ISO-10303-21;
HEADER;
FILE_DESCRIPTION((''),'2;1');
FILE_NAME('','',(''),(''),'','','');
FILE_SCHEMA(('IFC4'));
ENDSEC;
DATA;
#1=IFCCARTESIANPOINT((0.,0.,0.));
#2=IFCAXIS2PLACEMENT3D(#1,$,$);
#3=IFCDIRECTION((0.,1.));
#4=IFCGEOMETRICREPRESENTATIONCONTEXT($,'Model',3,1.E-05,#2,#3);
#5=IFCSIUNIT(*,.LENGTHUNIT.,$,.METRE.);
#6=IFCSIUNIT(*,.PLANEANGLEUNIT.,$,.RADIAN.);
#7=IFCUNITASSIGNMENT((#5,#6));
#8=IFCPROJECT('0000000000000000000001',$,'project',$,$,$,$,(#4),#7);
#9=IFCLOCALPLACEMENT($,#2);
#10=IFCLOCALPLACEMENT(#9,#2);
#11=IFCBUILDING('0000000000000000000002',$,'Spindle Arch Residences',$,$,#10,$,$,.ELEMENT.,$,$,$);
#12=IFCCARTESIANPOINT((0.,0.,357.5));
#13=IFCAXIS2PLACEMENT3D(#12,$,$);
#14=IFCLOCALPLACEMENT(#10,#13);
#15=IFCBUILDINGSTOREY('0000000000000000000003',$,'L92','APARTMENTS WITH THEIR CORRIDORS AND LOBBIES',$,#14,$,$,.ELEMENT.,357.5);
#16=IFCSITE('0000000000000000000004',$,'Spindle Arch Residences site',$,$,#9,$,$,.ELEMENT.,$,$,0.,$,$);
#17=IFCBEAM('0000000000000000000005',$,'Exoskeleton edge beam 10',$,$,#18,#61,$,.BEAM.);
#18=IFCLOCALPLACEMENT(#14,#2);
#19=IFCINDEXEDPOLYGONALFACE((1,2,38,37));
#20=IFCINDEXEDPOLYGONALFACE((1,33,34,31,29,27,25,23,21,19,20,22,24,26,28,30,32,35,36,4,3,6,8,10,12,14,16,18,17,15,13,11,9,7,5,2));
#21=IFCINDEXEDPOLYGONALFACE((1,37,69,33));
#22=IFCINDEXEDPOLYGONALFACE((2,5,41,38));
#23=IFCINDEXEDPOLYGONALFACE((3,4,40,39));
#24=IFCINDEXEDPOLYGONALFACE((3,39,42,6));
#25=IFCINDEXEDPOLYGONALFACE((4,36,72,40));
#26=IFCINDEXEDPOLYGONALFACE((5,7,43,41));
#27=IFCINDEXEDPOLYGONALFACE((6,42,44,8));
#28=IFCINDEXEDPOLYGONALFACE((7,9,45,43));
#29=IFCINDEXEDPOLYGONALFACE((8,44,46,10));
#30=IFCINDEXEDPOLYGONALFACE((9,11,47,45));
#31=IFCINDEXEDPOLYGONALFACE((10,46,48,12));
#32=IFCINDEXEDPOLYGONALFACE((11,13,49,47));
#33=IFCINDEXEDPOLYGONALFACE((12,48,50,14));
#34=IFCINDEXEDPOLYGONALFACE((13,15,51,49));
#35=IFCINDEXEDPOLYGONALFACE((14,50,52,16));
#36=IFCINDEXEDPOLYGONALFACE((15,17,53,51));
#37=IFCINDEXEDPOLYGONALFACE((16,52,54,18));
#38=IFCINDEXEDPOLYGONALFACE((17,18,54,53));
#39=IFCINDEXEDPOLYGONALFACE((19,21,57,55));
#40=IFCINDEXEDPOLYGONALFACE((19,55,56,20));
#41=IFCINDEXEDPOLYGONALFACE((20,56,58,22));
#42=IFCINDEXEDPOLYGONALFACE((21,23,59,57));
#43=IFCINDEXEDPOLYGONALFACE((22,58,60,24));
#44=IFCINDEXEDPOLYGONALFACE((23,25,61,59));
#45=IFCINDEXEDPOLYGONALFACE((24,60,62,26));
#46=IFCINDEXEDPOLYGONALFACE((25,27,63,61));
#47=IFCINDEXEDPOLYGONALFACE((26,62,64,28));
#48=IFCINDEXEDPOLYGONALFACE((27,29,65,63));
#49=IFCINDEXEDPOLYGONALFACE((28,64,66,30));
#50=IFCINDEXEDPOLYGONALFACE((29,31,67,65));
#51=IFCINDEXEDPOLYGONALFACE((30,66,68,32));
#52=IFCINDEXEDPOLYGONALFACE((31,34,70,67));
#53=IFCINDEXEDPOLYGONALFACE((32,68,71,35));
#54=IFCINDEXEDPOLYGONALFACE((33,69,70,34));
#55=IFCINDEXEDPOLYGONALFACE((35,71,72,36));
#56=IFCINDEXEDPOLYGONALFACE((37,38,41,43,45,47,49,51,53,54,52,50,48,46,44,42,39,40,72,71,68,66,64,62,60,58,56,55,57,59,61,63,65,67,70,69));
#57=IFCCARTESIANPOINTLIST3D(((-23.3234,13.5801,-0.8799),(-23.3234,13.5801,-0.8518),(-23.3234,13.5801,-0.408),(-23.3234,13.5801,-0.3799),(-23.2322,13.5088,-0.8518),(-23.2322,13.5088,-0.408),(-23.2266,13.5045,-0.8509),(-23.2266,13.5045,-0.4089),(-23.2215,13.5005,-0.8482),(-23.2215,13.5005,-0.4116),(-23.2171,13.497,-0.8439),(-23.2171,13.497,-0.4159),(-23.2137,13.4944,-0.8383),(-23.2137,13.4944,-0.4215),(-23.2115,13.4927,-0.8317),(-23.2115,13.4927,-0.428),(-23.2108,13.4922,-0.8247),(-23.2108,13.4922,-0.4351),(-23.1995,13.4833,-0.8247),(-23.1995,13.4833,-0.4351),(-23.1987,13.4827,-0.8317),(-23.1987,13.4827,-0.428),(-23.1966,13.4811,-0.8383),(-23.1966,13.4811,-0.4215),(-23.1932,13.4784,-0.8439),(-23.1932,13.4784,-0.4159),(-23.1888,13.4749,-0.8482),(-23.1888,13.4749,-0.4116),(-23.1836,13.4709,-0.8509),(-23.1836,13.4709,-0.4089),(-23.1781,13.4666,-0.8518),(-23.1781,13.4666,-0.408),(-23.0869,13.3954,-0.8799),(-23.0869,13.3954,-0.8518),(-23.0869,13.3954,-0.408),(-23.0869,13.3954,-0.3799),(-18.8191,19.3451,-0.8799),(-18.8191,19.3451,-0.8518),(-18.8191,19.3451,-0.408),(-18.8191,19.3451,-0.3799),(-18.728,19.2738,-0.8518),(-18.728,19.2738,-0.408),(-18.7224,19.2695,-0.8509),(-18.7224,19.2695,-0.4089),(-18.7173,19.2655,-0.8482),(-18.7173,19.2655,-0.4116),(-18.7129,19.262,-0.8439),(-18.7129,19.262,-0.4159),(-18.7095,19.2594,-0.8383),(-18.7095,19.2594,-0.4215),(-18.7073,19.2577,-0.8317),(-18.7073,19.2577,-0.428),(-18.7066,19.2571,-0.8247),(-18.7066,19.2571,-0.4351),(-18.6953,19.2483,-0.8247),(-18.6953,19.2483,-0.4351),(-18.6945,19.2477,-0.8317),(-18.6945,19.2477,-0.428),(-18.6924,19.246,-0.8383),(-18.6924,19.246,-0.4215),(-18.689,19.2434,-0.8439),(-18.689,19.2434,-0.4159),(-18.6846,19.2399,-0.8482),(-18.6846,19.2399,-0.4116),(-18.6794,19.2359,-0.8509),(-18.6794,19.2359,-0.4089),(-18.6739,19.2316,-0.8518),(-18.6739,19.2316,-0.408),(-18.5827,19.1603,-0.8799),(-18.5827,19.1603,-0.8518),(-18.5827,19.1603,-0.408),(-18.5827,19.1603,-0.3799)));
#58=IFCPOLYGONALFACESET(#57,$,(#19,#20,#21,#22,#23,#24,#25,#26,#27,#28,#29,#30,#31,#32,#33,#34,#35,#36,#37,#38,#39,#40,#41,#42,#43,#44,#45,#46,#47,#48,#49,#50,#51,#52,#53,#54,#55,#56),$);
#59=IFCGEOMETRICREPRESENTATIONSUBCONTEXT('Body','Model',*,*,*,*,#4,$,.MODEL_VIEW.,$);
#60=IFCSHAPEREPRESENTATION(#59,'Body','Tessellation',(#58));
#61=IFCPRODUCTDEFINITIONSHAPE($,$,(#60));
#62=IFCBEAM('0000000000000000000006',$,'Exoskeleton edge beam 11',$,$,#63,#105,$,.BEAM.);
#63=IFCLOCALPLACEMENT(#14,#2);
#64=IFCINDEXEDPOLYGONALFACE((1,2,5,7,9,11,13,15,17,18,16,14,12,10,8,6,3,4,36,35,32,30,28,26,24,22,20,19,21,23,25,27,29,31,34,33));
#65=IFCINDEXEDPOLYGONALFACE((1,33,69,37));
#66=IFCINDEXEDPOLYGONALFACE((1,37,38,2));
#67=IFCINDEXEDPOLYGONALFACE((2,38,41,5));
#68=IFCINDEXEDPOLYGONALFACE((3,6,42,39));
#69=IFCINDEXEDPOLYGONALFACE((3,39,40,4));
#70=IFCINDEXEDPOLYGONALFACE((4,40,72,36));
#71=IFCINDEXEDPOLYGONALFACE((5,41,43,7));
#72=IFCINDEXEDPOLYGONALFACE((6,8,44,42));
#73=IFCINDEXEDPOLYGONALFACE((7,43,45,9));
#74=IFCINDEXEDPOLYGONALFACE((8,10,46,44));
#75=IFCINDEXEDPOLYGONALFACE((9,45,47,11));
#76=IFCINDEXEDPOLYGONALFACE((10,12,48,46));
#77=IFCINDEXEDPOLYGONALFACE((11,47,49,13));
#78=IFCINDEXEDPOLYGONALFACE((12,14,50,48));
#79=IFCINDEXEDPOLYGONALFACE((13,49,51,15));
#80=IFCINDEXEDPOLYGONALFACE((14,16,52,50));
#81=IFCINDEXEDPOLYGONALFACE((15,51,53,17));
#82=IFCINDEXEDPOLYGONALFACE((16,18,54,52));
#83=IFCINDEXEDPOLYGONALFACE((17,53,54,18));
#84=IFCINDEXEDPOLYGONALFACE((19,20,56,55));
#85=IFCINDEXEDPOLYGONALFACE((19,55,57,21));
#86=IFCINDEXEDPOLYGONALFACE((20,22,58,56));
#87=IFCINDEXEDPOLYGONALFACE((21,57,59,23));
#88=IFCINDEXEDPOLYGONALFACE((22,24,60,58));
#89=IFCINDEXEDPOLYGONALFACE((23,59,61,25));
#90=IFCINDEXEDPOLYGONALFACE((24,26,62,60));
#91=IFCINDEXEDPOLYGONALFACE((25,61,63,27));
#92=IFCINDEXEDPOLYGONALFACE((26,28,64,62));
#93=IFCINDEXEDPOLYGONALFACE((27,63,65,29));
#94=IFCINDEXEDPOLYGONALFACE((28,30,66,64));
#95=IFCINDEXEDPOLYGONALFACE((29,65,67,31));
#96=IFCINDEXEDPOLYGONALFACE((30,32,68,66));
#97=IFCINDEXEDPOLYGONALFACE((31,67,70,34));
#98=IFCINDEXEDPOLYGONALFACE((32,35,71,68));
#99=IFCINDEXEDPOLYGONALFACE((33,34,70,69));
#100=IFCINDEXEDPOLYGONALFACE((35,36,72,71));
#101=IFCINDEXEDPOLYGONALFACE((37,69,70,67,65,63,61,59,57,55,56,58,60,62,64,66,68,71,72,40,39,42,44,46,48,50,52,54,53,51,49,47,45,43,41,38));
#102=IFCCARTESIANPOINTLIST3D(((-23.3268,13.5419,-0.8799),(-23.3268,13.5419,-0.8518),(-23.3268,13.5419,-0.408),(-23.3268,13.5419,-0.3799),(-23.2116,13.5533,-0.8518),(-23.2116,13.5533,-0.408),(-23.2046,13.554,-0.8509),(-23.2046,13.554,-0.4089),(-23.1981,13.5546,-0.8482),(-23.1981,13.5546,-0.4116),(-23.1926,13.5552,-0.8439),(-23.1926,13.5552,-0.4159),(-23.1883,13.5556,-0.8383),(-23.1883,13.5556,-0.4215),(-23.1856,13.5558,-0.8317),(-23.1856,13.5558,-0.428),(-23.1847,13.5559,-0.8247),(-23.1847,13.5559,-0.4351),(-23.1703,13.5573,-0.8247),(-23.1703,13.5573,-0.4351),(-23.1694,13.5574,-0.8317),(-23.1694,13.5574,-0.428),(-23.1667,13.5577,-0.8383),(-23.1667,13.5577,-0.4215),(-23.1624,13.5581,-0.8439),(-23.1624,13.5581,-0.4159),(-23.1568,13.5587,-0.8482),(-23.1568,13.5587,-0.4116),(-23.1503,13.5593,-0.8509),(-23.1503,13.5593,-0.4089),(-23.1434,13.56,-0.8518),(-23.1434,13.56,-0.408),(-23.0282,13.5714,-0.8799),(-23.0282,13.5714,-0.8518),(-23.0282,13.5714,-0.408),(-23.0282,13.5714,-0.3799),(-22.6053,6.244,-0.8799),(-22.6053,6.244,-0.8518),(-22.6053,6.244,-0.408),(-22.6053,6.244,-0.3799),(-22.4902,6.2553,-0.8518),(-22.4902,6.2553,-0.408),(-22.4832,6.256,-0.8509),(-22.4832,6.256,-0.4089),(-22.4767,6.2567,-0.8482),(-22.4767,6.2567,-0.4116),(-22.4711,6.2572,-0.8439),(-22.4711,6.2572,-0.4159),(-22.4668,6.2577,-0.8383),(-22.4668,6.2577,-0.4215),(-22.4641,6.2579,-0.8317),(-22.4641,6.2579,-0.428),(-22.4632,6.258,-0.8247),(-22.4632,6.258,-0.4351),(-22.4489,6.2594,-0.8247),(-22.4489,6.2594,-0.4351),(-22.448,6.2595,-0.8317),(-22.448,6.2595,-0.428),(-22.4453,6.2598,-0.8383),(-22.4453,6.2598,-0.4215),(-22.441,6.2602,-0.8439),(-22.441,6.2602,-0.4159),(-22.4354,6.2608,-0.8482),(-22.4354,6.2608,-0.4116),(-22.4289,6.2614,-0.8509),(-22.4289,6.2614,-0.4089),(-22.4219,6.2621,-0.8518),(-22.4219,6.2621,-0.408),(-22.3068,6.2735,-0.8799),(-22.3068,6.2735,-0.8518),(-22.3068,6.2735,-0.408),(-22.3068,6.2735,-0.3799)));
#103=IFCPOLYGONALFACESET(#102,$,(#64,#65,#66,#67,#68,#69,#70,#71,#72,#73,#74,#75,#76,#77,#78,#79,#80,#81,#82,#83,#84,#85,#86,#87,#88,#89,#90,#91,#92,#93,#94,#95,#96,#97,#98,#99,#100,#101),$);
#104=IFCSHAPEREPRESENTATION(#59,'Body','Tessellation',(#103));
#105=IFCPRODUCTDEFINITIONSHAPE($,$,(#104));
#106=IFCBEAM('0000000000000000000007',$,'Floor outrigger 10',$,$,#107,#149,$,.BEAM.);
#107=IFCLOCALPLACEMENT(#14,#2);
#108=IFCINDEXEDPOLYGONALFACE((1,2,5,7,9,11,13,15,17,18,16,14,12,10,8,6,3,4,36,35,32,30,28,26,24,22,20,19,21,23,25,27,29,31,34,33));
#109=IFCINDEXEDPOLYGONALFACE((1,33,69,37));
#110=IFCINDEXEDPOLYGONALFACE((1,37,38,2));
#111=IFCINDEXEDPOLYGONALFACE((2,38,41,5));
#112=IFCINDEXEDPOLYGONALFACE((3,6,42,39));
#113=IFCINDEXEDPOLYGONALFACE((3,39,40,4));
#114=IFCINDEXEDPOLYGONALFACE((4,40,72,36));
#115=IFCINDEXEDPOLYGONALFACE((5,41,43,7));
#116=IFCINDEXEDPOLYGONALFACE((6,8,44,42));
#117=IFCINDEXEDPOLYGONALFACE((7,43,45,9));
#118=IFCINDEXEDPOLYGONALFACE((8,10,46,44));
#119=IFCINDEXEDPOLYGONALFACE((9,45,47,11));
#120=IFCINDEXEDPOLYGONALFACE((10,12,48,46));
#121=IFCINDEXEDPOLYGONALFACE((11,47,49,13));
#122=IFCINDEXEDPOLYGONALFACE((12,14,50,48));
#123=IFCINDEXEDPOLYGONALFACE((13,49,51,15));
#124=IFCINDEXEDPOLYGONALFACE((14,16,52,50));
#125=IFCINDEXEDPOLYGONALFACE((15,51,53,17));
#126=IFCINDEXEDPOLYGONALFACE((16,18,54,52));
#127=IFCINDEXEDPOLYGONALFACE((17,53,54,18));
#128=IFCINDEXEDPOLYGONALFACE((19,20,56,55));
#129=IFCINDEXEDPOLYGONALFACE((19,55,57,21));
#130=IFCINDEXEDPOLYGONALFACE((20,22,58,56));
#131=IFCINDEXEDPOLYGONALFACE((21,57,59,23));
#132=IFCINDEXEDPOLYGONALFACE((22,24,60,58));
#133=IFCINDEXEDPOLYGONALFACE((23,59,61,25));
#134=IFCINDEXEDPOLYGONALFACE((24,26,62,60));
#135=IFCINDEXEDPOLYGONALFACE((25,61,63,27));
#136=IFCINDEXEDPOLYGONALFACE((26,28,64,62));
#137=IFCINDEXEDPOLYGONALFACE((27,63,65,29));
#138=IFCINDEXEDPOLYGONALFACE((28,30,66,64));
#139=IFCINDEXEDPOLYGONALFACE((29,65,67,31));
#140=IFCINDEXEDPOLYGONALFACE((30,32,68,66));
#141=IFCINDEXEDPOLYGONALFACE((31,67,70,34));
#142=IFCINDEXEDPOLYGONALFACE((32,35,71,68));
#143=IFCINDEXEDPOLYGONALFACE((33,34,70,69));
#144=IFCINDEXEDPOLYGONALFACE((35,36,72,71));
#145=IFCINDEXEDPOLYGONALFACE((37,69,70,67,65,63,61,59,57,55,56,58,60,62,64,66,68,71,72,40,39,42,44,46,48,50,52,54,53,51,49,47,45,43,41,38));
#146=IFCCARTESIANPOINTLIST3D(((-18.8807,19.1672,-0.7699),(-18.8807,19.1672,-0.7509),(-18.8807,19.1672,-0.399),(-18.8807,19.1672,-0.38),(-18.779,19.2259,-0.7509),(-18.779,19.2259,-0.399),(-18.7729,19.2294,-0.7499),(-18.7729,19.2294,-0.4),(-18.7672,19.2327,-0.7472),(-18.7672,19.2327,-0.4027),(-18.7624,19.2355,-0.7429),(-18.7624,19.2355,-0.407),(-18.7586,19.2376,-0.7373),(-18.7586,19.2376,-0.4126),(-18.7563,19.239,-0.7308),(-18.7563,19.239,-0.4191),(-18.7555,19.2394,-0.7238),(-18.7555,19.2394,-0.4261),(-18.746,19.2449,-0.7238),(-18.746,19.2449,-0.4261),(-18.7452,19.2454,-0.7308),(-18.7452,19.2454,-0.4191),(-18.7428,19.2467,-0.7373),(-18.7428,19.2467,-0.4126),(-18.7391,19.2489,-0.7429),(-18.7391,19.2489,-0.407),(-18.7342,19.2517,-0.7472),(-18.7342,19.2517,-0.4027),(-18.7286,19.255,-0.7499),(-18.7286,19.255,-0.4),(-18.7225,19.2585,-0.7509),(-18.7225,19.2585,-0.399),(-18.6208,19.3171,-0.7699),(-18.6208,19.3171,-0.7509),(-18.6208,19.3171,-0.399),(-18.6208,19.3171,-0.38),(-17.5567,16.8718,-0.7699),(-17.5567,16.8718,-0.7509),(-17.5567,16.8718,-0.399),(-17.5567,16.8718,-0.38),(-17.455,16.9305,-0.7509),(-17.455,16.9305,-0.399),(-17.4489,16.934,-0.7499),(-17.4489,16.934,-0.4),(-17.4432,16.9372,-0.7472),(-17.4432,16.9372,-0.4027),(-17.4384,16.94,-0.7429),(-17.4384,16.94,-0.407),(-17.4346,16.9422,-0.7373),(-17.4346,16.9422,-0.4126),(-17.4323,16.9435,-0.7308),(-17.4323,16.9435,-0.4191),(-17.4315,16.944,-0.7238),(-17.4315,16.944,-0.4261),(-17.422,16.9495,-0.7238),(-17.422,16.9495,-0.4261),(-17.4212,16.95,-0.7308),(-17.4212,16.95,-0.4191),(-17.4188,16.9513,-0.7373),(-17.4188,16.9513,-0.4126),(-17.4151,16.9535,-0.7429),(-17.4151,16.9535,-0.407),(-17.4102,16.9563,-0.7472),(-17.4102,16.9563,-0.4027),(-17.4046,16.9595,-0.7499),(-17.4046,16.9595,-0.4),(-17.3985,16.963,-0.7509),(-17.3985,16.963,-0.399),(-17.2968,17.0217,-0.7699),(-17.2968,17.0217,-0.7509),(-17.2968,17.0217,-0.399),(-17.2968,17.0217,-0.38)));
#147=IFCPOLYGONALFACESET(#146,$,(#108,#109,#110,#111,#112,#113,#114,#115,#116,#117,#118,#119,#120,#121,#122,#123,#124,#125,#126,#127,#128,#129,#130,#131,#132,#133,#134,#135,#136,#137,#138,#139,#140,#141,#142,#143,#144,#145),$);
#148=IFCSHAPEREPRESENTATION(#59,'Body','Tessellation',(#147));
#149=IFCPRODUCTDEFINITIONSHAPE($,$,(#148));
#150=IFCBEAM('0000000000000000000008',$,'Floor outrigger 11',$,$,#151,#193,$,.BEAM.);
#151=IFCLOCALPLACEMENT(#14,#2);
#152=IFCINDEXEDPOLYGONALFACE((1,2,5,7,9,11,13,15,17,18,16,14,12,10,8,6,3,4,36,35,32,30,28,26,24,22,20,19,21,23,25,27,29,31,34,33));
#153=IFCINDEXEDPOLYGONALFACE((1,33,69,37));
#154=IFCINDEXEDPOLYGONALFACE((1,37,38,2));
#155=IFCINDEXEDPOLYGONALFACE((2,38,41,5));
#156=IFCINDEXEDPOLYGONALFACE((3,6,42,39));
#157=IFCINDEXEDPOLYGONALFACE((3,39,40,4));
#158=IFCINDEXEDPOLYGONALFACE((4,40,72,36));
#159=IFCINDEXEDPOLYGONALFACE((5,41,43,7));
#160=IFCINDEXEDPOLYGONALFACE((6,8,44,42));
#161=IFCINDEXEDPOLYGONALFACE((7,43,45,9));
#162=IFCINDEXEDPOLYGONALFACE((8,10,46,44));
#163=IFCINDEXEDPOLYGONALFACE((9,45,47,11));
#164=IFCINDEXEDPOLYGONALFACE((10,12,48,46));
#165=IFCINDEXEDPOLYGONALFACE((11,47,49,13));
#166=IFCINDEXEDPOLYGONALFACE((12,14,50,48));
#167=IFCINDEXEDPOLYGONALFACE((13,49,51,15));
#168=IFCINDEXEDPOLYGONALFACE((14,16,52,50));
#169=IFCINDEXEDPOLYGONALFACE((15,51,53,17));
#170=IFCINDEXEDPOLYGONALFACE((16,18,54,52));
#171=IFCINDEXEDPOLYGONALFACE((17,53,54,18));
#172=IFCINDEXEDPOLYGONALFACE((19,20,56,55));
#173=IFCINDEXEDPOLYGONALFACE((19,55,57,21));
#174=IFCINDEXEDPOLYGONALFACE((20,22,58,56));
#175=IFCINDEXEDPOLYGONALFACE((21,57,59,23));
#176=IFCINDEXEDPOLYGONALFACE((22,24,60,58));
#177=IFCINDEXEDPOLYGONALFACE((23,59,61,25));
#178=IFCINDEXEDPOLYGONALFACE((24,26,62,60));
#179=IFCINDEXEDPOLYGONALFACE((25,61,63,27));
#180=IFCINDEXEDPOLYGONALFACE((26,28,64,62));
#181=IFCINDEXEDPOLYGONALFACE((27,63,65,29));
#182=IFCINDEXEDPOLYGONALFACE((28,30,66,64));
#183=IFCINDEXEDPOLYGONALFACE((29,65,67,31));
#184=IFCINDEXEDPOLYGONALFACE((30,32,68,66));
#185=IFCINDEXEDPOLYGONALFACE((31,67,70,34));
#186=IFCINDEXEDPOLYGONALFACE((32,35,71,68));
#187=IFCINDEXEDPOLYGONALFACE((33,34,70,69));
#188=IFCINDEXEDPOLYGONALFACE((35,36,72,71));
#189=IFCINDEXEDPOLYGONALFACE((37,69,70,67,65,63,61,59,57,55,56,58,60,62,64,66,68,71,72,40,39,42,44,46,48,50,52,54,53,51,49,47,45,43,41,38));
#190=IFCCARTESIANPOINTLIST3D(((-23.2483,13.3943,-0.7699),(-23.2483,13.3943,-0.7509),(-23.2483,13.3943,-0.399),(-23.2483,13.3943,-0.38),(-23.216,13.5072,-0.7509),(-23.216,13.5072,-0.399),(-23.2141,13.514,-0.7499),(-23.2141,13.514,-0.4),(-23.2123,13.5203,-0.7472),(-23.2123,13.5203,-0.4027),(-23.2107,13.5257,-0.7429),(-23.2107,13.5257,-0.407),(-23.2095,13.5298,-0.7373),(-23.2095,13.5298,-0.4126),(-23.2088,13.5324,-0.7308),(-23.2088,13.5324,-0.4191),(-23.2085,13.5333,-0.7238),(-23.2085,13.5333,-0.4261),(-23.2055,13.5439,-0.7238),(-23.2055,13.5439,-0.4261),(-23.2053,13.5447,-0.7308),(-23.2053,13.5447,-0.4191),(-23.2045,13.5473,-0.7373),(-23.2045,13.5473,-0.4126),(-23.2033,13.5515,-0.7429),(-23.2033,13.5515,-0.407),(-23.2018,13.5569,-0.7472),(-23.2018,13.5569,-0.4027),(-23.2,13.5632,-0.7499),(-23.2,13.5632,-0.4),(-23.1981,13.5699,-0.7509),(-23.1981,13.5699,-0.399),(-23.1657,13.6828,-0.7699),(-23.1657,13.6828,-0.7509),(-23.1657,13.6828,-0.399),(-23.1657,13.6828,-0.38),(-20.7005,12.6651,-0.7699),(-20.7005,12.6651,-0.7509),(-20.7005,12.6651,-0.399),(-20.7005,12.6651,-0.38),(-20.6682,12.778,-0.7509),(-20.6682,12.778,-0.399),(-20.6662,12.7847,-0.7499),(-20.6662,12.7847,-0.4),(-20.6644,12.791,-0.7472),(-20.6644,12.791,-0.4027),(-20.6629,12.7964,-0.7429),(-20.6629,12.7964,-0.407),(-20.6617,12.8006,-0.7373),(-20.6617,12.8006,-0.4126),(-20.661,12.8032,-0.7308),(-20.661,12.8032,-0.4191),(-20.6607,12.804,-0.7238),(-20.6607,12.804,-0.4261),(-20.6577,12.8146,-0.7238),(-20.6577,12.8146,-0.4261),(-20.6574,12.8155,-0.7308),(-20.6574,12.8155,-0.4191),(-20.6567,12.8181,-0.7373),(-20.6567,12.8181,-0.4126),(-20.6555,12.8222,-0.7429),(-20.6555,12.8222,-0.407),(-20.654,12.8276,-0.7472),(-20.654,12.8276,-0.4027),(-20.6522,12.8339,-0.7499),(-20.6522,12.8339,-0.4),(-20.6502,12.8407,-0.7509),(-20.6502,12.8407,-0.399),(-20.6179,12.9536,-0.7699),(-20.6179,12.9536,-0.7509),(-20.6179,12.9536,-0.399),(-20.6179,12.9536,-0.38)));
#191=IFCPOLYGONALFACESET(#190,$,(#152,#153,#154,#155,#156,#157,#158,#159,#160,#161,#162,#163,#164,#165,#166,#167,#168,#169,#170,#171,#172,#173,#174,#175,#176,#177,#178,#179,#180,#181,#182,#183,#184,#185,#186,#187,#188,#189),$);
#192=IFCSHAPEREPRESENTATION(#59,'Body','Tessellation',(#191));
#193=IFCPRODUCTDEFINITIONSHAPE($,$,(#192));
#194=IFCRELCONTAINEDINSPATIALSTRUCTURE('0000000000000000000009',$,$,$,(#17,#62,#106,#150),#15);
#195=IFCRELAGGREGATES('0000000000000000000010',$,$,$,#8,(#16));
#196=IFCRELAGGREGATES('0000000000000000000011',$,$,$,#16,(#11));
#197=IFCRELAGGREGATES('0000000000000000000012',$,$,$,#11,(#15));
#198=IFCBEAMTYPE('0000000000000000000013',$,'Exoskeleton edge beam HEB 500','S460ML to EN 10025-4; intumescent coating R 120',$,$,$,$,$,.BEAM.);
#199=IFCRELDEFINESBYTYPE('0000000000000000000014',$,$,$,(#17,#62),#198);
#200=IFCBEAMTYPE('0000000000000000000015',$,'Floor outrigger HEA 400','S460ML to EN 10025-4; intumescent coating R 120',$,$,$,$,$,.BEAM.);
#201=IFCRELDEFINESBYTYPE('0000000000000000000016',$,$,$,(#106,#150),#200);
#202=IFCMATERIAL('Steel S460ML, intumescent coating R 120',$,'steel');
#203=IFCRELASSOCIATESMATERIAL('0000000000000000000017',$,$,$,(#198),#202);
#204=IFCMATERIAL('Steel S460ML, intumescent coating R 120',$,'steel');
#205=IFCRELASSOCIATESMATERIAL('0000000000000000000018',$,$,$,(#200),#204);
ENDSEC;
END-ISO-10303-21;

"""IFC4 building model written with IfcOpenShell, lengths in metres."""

from ifc_helpers import new_model, si_unit, direction, frame, origin, origin_2d, place, context, subcontext, project, spatial, i_section, extrude, material, material_profile, profile_set, type_object, element, save


model = new_model("IFC4")

# Units and contexts
model_context = context("Model", 3, precision=1e-05, world=origin(), true_north=direction((0.0, 1.0)))
body_context = subcontext(model_context, "Body", "Model", "MODEL_VIEW")
ifc_project = project(units=[si_unit("LENGTHUNIT", "METRE"), si_unit("PLANEANGLEUNIT", "RADIAN")], contexts=[model_context])

# Site, building, storey
site_placement = place(None, origin())
site = spatial("IfcSite", under=ifc_project, at=site_placement, Name="Spindle Arch Residences site", CompositionType="ELEMENT", RefElevation=0.0)
building_placement = place(site_placement, origin())
building = spatial("IfcBuilding", under=site, at=building_placement, Name="Spindle Arch Residences", CompositionType="ELEMENT")
storey_placement = place(building_placement, frame((0.0, 0.0, 357.5)))
storey = spatial("IfcBuildingStorey", under=building, at=storey_placement, Name="L92", Description="APARTMENTS WITH THEIR CORRIDORS AND LOBBIES", CompositionType="ELEMENT", Elevation=357.5)

# Beams
ifc_material_1 = material(Name="Steel S460ML, intumescent coating R 120", Category="steel")
ifc_material_profile_1 = material_profile(ifc_material_1, i_section(OverallWidth=0.3, OverallDepth=0.5, WebThickness=0.0144, FlangeThickness=0.0281, FilletRadius=0.0271, at=origin_2d()), Name="HEB 500")
ifc_profile_set_1 = profile_set([ifc_material_profile_1], Name="Steel S460ML, intumescent coating R 120")
beam_type_1 = type_object("IfcBeamType", Name="Exoskeleton edge beam HEB 500", Description="S460ML to EN 10025-4; intumescent coating R 120", PredefinedType="BEAM", material=ifc_profile_set_1)
beam_1_placement = place(storey_placement, frame((-18.7009, 19.2527, -0.6299), z_axis=(-0.615672, -0.788003, 0.0), x_axis=(0.788003, -0.615672, 0.0)))
element("IfcBeam", 1, at=beam_1_placement, inside=storey, type_object=beam_type_1, Name="Exoskeleton edge beam 10", PredefinedType="BEAM", context=body_context, shape_type="SweptSolid", body=[
    extrude(i_section(OverallWidth=0.3, OverallDepth=0.5, WebThickness=0.0144, FlangeThickness=0.0281, FilletRadius=0.0271, at=origin_2d()), origin(), (0.0, 0.0, 1.0), 7.3159),
])
beam_2_placement = place(storey_placement, frame((-23.1775, 13.5566, -0.6299), z_axis=(0.098376, -0.995149, 0.0), x_axis=(0.995149, 0.098376, 0.0)))
element("IfcBeam", 2, at=beam_2_placement, inside=storey, type_object=beam_type_1, Name="Exoskeleton edge beam 11", PredefinedType="BEAM", context=body_context, shape_type="SweptSolid", body=[
    extrude(i_section(OverallWidth=0.3, OverallDepth=0.5, WebThickness=0.0144, FlangeThickness=0.0281, FilletRadius=0.0271, at=origin_2d()), origin(), (0.0, 0.0, 1.0), 7.3335),
])
ifc_material_2 = material(Name="Steel S460ML, intumescent coating R 120", Category="steel")
ifc_material_profile_2 = material_profile(ifc_material_2, i_section(OverallWidth=0.3, OverallDepth=0.3899, WebThickness=0.011, FlangeThickness=0.019, FilletRadius=0.0271, at=origin_2d()), Name="HEA 400")
ifc_profile_set_2 = profile_set([ifc_material_profile_2], Name="Steel S460ML, intumescent coating R 120")
beam_type_2 = type_object("IfcBeamType", Name="Floor outrigger HEA 400", Description="S460ML to EN 10025-4; intumescent coating R 120", PredefinedType="BEAM", material=ifc_profile_set_2)
beam_3_placement = place(storey_placement, frame((-18.7507, 19.2422, -0.575), z_axis=(0.499637, -0.866235, 0.0), x_axis=(0.866235, 0.499637, 0.0)))
element("IfcBeam", 3, at=beam_3_placement, inside=storey, type_object=beam_type_2, Name="Floor outrigger 10", PredefinedType="BEAM", context=body_context, shape_type="SweptSolid", body=[
    extrude(i_section(OverallWidth=0.3, OverallDepth=0.3899, WebThickness=0.011, FlangeThickness=0.019, FilletRadius=0.0271, at=origin_2d()), origin(), (0.0, 0.0, 1.0), 2.6499),
])
beam_4_placement = place(storey_placement, frame((-23.207, 13.5386, -0.575), z_axis=(0.961395, -0.275171, 0.0), x_axis=(0.275171, 0.961395, 0.0)))
element("IfcBeam", 4, at=beam_4_placement, inside=storey, type_object=beam_type_2, Name="Floor outrigger 11", PredefinedType="BEAM", context=body_context, shape_type="SweptSolid", body=[
    extrude(i_section(OverallWidth=0.3, OverallDepth=0.3899, WebThickness=0.011, FlangeThickness=0.019, FilletRadius=0.0271, at=origin_2d()), origin(), (0.0, 0.0, 1.0), 2.6501),
])

save(model, "model.ifc")
